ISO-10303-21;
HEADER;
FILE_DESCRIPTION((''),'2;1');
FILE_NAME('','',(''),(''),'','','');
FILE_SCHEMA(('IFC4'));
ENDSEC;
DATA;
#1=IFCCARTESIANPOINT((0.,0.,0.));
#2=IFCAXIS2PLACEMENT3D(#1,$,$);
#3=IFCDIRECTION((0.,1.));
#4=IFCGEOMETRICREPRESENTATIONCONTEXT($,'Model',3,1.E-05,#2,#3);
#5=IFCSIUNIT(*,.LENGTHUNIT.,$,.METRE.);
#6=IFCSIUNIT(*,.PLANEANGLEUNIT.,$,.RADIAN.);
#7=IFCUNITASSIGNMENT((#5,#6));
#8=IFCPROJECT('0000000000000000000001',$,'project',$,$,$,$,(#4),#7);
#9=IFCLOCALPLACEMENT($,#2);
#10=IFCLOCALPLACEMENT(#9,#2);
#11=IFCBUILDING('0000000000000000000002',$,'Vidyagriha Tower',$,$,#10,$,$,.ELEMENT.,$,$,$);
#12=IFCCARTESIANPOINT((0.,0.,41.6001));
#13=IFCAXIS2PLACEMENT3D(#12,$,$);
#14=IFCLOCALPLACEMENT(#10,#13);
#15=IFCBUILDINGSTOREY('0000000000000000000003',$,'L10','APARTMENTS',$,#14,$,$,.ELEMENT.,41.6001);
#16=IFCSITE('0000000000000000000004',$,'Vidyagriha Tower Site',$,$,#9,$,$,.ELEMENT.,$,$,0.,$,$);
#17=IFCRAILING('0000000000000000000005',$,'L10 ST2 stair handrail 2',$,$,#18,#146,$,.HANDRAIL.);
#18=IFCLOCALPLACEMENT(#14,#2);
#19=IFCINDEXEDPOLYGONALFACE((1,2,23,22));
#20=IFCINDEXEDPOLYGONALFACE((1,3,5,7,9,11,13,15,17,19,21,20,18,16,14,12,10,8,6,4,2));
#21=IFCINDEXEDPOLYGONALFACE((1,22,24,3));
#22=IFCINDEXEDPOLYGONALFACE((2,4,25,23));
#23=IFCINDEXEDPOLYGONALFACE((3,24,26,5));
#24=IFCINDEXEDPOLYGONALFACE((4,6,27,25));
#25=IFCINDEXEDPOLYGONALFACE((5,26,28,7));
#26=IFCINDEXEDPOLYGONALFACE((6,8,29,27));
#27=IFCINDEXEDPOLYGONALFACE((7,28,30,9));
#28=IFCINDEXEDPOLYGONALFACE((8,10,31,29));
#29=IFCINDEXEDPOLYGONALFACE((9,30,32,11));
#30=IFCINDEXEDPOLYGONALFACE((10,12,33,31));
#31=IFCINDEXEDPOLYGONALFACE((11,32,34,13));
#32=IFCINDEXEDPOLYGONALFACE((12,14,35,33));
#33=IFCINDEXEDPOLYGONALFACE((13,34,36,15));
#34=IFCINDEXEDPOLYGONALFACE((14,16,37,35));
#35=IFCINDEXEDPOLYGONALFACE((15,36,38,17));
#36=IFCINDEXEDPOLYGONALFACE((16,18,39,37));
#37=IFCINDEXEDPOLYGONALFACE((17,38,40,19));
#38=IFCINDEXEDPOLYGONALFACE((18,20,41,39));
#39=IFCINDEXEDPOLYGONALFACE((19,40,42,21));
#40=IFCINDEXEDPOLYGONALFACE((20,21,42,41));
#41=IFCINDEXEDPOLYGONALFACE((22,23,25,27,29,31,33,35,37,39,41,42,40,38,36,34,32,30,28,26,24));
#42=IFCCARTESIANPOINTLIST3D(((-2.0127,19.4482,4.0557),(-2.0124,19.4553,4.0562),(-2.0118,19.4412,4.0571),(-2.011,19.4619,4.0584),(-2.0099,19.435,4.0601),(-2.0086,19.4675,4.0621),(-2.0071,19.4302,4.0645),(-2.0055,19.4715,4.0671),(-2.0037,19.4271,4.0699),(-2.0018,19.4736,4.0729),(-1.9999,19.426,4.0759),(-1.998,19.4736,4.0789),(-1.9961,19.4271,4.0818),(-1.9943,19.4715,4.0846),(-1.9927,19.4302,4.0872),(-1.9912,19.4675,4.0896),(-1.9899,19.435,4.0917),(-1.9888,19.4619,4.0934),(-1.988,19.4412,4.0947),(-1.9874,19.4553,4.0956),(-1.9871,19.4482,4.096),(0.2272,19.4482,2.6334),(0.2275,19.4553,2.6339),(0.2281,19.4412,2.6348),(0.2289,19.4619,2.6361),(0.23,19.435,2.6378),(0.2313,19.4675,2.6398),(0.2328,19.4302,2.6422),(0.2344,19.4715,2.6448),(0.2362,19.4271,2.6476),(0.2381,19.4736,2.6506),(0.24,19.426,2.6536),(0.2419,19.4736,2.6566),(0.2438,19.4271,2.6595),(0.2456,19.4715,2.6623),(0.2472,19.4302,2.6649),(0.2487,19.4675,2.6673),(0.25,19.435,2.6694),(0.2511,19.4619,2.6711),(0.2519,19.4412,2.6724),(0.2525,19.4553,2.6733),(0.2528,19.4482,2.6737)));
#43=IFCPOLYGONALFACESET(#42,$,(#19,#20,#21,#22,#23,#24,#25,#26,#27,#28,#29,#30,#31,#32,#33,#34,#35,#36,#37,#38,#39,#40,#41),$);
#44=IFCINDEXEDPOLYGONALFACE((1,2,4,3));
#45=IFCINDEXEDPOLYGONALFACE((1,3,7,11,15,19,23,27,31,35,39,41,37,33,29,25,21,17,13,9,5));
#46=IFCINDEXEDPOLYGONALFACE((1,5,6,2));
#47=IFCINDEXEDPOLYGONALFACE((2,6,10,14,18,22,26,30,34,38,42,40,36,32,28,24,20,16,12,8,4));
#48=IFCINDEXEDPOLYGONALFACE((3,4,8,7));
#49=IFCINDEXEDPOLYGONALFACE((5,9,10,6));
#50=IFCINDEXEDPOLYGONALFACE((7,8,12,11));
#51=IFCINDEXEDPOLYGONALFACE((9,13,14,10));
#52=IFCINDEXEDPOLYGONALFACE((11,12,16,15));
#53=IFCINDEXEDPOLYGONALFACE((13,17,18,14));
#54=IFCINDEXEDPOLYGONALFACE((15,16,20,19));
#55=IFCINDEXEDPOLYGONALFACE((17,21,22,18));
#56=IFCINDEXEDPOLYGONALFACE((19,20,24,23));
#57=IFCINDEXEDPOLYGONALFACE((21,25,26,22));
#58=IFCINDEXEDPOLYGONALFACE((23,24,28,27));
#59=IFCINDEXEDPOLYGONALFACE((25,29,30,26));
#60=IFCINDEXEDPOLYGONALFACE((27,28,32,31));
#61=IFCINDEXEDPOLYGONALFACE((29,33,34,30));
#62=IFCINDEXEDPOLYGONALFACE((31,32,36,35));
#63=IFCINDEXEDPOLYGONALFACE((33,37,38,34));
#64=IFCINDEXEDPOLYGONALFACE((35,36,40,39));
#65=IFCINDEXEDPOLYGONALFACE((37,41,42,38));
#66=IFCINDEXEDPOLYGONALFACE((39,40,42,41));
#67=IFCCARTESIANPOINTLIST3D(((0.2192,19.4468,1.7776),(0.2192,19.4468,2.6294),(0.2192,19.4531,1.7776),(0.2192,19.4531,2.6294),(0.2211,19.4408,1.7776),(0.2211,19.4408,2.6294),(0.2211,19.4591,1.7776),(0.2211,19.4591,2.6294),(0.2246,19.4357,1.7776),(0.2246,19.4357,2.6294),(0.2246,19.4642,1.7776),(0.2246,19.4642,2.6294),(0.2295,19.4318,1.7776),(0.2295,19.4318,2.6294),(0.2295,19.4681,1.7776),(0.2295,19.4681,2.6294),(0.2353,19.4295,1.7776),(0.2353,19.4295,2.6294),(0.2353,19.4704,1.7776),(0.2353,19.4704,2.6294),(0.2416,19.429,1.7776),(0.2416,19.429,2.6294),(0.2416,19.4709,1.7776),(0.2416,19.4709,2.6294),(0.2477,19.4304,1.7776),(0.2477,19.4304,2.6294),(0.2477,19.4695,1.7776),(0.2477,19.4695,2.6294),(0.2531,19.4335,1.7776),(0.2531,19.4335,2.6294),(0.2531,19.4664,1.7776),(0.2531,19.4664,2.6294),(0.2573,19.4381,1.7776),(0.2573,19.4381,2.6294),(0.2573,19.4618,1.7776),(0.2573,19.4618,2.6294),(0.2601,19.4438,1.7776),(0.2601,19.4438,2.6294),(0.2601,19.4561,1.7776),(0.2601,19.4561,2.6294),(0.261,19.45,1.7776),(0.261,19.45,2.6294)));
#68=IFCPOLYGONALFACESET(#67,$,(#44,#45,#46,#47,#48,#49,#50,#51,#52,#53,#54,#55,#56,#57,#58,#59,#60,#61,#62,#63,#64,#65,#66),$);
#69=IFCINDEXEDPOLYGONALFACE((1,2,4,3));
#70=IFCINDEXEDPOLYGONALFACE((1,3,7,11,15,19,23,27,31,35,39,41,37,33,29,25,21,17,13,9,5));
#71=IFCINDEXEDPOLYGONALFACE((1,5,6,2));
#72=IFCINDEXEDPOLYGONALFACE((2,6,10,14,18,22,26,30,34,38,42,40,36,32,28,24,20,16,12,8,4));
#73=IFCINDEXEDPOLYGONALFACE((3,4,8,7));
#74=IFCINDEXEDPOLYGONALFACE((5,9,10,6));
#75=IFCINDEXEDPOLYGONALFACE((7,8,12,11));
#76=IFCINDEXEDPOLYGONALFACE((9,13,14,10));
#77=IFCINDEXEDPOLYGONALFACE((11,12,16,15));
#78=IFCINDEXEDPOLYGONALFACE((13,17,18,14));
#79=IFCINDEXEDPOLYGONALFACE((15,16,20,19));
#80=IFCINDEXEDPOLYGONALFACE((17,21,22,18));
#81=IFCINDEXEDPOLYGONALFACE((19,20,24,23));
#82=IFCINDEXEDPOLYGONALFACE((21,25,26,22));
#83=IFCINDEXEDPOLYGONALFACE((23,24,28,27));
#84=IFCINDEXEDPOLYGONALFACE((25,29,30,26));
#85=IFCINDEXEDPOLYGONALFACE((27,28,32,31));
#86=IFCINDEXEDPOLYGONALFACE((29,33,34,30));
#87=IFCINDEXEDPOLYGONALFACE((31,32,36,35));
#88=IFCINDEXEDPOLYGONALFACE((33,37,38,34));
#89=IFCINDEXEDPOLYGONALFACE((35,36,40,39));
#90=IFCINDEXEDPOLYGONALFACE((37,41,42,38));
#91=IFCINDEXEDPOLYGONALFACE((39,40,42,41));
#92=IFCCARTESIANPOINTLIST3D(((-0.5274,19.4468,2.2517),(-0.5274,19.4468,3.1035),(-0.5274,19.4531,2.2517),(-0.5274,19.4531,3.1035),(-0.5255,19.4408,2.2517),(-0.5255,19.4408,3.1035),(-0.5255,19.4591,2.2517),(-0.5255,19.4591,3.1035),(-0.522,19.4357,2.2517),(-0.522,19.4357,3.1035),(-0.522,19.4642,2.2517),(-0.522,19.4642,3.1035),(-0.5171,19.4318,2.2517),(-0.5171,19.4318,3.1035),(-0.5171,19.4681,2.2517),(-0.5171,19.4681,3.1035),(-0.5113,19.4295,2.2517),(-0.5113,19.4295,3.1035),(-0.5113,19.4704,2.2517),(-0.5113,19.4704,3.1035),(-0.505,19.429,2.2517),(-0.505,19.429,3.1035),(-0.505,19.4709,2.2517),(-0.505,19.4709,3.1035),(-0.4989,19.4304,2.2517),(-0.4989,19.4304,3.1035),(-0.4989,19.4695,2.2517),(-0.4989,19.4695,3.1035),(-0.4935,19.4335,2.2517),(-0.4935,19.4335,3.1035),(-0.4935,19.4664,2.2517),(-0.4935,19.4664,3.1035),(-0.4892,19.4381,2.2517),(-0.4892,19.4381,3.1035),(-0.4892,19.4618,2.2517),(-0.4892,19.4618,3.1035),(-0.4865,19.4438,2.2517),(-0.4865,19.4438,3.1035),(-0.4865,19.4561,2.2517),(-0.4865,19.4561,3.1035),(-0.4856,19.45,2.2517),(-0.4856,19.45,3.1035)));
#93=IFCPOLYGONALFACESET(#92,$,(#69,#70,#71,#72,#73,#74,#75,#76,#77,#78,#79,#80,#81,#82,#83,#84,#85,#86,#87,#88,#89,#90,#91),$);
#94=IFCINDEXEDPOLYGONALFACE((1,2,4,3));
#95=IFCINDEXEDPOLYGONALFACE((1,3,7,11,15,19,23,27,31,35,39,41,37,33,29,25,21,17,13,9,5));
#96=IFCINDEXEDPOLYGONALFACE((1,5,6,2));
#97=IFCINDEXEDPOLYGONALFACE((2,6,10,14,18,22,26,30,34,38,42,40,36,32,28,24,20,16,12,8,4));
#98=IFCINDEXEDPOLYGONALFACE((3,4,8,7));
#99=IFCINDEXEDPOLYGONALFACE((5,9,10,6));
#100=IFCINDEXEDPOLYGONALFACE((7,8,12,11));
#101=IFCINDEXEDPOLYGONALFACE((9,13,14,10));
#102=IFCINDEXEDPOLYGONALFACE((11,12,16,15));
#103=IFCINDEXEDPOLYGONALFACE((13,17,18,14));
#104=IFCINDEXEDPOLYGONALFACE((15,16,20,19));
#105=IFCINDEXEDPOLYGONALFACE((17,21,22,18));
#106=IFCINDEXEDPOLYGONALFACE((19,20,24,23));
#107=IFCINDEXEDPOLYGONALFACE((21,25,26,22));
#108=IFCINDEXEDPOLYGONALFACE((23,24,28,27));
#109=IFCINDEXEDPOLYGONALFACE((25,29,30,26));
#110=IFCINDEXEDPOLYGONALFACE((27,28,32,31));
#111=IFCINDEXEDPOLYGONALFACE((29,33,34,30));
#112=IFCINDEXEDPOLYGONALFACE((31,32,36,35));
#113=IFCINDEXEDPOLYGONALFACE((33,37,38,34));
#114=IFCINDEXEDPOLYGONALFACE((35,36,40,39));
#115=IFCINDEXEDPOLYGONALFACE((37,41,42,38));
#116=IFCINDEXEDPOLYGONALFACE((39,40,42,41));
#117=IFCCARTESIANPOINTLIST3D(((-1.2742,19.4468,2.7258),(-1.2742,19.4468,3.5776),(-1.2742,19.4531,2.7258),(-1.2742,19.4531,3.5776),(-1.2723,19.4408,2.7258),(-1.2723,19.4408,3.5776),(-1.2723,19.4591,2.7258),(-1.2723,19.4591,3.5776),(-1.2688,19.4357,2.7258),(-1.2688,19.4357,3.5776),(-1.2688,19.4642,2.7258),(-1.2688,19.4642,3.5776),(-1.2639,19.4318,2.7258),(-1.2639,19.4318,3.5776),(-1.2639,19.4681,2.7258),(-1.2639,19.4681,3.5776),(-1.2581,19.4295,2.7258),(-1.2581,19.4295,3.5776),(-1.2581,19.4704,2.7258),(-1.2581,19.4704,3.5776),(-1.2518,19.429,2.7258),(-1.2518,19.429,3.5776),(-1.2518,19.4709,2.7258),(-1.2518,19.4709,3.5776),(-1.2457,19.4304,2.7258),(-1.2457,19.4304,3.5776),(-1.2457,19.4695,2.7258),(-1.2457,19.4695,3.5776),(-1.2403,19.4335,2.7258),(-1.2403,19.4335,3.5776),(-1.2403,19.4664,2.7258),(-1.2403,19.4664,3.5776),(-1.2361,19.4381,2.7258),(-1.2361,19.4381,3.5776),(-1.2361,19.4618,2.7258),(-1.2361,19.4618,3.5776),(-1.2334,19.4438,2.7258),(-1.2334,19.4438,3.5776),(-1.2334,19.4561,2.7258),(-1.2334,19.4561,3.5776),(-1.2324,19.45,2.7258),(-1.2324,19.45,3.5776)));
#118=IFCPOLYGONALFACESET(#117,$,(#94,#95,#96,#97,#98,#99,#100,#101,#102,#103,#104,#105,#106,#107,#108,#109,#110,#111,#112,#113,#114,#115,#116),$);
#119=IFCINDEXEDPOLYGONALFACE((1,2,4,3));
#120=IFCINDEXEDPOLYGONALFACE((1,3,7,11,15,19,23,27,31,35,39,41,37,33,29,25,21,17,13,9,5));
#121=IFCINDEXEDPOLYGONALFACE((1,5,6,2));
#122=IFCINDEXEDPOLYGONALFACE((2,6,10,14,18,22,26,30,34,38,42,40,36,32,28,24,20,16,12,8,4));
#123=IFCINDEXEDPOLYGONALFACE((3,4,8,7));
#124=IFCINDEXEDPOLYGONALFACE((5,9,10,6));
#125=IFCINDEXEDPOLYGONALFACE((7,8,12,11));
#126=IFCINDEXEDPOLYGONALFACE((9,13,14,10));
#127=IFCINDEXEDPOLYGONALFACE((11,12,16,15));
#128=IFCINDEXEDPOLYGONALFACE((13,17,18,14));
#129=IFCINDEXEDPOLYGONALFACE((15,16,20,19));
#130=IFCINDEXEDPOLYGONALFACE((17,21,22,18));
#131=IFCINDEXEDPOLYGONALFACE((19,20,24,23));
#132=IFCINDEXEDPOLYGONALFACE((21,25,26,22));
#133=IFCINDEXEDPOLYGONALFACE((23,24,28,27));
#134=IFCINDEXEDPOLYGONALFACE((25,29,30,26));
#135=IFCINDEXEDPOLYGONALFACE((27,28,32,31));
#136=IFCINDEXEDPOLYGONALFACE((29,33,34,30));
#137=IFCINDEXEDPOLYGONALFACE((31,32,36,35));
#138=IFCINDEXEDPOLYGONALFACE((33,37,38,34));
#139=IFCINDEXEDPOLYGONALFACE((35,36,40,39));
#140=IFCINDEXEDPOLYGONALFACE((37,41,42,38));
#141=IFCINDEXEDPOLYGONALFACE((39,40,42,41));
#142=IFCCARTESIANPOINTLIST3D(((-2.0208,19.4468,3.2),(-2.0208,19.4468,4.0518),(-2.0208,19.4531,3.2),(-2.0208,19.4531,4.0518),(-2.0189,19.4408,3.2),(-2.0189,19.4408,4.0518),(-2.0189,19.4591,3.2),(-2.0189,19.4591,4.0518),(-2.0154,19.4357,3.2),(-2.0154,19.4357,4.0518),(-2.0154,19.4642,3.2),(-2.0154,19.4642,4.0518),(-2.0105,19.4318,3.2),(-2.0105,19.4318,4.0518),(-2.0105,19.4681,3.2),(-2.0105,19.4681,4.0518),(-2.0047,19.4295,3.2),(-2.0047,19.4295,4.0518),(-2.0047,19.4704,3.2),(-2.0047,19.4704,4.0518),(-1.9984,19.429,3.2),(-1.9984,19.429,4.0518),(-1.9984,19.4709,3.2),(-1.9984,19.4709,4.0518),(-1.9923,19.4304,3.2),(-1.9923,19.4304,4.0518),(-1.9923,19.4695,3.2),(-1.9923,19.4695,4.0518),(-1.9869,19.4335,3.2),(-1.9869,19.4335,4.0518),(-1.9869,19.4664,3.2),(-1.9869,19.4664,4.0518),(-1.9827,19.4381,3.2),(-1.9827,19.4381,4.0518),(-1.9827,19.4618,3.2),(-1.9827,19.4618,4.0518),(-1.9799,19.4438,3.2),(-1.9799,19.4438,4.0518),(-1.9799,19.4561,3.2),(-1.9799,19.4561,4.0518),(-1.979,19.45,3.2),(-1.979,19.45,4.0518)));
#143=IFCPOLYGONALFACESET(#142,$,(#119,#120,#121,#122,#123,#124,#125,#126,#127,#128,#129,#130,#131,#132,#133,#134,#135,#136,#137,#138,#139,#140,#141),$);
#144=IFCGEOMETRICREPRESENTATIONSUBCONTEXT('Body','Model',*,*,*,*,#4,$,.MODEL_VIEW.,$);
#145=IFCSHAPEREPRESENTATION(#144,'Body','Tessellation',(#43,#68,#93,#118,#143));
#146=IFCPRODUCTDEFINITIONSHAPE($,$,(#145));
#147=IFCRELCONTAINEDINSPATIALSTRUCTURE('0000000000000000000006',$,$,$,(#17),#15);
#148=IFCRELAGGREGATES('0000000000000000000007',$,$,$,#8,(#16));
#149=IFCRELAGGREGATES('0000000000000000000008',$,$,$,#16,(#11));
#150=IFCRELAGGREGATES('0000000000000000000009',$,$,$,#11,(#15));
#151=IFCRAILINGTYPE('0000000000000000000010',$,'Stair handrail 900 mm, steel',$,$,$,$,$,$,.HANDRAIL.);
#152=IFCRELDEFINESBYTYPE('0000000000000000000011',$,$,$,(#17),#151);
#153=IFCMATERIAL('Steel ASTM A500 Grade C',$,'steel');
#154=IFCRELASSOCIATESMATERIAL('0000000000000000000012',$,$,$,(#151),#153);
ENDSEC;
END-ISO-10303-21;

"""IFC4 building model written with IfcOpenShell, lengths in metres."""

from ifc_helpers import new_model, si_unit, direction, frame, origin, origin_2d, place, context, subcontext, project, spatial, circle, extrude, material, type_object, element, save


model = new_model("IFC4")

# Units and contexts
model_context = context("Model", 3, precision=1e-05, world=origin(), true_north=direction((0.0, 1.0)))
body_context = subcontext(model_context, "Body", "Model", "MODEL_VIEW")
ifc_project = project(units=[si_unit("LENGTHUNIT", "METRE"), si_unit("PLANEANGLEUNIT", "RADIAN")], contexts=[model_context])

# Site, building, storey
site_placement = place(None, origin())
site = spatial("IfcSite", under=ifc_project, at=site_placement, Name="Vidyagriha Tower Site", CompositionType="ELEMENT", RefElevation=0.0)
building_placement = place(site_placement, origin())
building = spatial("IfcBuilding", under=site, at=building_placement, Name="Vidyagriha Tower", CompositionType="ELEMENT")
storey_placement = place(building_placement, frame((0.0, 0.0, 41.6001)))
storey = spatial("IfcBuildingStorey", under=building, at=storey_placement, Name="L10", Description="APARTMENTS", CompositionType="ELEMENT", Elevation=41.6001)

# Railing
ifc_material_1 = material(Name="Steel ASTM A500 Grade C", Category="steel")
railing_type_1 = type_object("IfcRailingType", Name="Stair handrail 900 mm, steel", PredefinedType="HANDRAIL", material=ifc_material_1)
railing_1_placement = place(storey_placement, frame((0.24, 19.45, 1.7776)))
element("IfcRailing", 1, at=railing_1_placement, inside=storey, type_object=railing_type_1, Name="L10 ST2 stair handrail 2", PredefinedType="HANDRAIL", context=body_context, shape_type="SweptSolid", body=[
    extrude(circle(Radius=0.0239, at=origin_2d()), frame((0.0, 0.0, 0.876), z_axis=(-0.844188, 0.0, 0.536048), x_axis=(0.0, -1.0, 0.0)), (0.0, 0.0, 1.0), 2.6533),
    extrude(circle(Radius=0.021, at=origin_2d()), origin(), (0.0, 0.0, 1.0), 0.8518),
    extrude(circle(Radius=0.021, at=origin_2d()), frame((-0.7466, 0.0, 0.4741)), (0.0, 0.0, 1.0), 0.8518),
    extrude(circle(Radius=0.021, at=origin_2d()), frame((-1.4934, 0.0, 0.9482)), (0.0, 0.0, 1.0), 0.8518),
    extrude(circle(Radius=0.021, at=origin_2d()), frame((-2.24, 0.0, 1.4224)), (0.0, 0.0, 1.0), 0.8518),
])

save(model, "model.ifc")
